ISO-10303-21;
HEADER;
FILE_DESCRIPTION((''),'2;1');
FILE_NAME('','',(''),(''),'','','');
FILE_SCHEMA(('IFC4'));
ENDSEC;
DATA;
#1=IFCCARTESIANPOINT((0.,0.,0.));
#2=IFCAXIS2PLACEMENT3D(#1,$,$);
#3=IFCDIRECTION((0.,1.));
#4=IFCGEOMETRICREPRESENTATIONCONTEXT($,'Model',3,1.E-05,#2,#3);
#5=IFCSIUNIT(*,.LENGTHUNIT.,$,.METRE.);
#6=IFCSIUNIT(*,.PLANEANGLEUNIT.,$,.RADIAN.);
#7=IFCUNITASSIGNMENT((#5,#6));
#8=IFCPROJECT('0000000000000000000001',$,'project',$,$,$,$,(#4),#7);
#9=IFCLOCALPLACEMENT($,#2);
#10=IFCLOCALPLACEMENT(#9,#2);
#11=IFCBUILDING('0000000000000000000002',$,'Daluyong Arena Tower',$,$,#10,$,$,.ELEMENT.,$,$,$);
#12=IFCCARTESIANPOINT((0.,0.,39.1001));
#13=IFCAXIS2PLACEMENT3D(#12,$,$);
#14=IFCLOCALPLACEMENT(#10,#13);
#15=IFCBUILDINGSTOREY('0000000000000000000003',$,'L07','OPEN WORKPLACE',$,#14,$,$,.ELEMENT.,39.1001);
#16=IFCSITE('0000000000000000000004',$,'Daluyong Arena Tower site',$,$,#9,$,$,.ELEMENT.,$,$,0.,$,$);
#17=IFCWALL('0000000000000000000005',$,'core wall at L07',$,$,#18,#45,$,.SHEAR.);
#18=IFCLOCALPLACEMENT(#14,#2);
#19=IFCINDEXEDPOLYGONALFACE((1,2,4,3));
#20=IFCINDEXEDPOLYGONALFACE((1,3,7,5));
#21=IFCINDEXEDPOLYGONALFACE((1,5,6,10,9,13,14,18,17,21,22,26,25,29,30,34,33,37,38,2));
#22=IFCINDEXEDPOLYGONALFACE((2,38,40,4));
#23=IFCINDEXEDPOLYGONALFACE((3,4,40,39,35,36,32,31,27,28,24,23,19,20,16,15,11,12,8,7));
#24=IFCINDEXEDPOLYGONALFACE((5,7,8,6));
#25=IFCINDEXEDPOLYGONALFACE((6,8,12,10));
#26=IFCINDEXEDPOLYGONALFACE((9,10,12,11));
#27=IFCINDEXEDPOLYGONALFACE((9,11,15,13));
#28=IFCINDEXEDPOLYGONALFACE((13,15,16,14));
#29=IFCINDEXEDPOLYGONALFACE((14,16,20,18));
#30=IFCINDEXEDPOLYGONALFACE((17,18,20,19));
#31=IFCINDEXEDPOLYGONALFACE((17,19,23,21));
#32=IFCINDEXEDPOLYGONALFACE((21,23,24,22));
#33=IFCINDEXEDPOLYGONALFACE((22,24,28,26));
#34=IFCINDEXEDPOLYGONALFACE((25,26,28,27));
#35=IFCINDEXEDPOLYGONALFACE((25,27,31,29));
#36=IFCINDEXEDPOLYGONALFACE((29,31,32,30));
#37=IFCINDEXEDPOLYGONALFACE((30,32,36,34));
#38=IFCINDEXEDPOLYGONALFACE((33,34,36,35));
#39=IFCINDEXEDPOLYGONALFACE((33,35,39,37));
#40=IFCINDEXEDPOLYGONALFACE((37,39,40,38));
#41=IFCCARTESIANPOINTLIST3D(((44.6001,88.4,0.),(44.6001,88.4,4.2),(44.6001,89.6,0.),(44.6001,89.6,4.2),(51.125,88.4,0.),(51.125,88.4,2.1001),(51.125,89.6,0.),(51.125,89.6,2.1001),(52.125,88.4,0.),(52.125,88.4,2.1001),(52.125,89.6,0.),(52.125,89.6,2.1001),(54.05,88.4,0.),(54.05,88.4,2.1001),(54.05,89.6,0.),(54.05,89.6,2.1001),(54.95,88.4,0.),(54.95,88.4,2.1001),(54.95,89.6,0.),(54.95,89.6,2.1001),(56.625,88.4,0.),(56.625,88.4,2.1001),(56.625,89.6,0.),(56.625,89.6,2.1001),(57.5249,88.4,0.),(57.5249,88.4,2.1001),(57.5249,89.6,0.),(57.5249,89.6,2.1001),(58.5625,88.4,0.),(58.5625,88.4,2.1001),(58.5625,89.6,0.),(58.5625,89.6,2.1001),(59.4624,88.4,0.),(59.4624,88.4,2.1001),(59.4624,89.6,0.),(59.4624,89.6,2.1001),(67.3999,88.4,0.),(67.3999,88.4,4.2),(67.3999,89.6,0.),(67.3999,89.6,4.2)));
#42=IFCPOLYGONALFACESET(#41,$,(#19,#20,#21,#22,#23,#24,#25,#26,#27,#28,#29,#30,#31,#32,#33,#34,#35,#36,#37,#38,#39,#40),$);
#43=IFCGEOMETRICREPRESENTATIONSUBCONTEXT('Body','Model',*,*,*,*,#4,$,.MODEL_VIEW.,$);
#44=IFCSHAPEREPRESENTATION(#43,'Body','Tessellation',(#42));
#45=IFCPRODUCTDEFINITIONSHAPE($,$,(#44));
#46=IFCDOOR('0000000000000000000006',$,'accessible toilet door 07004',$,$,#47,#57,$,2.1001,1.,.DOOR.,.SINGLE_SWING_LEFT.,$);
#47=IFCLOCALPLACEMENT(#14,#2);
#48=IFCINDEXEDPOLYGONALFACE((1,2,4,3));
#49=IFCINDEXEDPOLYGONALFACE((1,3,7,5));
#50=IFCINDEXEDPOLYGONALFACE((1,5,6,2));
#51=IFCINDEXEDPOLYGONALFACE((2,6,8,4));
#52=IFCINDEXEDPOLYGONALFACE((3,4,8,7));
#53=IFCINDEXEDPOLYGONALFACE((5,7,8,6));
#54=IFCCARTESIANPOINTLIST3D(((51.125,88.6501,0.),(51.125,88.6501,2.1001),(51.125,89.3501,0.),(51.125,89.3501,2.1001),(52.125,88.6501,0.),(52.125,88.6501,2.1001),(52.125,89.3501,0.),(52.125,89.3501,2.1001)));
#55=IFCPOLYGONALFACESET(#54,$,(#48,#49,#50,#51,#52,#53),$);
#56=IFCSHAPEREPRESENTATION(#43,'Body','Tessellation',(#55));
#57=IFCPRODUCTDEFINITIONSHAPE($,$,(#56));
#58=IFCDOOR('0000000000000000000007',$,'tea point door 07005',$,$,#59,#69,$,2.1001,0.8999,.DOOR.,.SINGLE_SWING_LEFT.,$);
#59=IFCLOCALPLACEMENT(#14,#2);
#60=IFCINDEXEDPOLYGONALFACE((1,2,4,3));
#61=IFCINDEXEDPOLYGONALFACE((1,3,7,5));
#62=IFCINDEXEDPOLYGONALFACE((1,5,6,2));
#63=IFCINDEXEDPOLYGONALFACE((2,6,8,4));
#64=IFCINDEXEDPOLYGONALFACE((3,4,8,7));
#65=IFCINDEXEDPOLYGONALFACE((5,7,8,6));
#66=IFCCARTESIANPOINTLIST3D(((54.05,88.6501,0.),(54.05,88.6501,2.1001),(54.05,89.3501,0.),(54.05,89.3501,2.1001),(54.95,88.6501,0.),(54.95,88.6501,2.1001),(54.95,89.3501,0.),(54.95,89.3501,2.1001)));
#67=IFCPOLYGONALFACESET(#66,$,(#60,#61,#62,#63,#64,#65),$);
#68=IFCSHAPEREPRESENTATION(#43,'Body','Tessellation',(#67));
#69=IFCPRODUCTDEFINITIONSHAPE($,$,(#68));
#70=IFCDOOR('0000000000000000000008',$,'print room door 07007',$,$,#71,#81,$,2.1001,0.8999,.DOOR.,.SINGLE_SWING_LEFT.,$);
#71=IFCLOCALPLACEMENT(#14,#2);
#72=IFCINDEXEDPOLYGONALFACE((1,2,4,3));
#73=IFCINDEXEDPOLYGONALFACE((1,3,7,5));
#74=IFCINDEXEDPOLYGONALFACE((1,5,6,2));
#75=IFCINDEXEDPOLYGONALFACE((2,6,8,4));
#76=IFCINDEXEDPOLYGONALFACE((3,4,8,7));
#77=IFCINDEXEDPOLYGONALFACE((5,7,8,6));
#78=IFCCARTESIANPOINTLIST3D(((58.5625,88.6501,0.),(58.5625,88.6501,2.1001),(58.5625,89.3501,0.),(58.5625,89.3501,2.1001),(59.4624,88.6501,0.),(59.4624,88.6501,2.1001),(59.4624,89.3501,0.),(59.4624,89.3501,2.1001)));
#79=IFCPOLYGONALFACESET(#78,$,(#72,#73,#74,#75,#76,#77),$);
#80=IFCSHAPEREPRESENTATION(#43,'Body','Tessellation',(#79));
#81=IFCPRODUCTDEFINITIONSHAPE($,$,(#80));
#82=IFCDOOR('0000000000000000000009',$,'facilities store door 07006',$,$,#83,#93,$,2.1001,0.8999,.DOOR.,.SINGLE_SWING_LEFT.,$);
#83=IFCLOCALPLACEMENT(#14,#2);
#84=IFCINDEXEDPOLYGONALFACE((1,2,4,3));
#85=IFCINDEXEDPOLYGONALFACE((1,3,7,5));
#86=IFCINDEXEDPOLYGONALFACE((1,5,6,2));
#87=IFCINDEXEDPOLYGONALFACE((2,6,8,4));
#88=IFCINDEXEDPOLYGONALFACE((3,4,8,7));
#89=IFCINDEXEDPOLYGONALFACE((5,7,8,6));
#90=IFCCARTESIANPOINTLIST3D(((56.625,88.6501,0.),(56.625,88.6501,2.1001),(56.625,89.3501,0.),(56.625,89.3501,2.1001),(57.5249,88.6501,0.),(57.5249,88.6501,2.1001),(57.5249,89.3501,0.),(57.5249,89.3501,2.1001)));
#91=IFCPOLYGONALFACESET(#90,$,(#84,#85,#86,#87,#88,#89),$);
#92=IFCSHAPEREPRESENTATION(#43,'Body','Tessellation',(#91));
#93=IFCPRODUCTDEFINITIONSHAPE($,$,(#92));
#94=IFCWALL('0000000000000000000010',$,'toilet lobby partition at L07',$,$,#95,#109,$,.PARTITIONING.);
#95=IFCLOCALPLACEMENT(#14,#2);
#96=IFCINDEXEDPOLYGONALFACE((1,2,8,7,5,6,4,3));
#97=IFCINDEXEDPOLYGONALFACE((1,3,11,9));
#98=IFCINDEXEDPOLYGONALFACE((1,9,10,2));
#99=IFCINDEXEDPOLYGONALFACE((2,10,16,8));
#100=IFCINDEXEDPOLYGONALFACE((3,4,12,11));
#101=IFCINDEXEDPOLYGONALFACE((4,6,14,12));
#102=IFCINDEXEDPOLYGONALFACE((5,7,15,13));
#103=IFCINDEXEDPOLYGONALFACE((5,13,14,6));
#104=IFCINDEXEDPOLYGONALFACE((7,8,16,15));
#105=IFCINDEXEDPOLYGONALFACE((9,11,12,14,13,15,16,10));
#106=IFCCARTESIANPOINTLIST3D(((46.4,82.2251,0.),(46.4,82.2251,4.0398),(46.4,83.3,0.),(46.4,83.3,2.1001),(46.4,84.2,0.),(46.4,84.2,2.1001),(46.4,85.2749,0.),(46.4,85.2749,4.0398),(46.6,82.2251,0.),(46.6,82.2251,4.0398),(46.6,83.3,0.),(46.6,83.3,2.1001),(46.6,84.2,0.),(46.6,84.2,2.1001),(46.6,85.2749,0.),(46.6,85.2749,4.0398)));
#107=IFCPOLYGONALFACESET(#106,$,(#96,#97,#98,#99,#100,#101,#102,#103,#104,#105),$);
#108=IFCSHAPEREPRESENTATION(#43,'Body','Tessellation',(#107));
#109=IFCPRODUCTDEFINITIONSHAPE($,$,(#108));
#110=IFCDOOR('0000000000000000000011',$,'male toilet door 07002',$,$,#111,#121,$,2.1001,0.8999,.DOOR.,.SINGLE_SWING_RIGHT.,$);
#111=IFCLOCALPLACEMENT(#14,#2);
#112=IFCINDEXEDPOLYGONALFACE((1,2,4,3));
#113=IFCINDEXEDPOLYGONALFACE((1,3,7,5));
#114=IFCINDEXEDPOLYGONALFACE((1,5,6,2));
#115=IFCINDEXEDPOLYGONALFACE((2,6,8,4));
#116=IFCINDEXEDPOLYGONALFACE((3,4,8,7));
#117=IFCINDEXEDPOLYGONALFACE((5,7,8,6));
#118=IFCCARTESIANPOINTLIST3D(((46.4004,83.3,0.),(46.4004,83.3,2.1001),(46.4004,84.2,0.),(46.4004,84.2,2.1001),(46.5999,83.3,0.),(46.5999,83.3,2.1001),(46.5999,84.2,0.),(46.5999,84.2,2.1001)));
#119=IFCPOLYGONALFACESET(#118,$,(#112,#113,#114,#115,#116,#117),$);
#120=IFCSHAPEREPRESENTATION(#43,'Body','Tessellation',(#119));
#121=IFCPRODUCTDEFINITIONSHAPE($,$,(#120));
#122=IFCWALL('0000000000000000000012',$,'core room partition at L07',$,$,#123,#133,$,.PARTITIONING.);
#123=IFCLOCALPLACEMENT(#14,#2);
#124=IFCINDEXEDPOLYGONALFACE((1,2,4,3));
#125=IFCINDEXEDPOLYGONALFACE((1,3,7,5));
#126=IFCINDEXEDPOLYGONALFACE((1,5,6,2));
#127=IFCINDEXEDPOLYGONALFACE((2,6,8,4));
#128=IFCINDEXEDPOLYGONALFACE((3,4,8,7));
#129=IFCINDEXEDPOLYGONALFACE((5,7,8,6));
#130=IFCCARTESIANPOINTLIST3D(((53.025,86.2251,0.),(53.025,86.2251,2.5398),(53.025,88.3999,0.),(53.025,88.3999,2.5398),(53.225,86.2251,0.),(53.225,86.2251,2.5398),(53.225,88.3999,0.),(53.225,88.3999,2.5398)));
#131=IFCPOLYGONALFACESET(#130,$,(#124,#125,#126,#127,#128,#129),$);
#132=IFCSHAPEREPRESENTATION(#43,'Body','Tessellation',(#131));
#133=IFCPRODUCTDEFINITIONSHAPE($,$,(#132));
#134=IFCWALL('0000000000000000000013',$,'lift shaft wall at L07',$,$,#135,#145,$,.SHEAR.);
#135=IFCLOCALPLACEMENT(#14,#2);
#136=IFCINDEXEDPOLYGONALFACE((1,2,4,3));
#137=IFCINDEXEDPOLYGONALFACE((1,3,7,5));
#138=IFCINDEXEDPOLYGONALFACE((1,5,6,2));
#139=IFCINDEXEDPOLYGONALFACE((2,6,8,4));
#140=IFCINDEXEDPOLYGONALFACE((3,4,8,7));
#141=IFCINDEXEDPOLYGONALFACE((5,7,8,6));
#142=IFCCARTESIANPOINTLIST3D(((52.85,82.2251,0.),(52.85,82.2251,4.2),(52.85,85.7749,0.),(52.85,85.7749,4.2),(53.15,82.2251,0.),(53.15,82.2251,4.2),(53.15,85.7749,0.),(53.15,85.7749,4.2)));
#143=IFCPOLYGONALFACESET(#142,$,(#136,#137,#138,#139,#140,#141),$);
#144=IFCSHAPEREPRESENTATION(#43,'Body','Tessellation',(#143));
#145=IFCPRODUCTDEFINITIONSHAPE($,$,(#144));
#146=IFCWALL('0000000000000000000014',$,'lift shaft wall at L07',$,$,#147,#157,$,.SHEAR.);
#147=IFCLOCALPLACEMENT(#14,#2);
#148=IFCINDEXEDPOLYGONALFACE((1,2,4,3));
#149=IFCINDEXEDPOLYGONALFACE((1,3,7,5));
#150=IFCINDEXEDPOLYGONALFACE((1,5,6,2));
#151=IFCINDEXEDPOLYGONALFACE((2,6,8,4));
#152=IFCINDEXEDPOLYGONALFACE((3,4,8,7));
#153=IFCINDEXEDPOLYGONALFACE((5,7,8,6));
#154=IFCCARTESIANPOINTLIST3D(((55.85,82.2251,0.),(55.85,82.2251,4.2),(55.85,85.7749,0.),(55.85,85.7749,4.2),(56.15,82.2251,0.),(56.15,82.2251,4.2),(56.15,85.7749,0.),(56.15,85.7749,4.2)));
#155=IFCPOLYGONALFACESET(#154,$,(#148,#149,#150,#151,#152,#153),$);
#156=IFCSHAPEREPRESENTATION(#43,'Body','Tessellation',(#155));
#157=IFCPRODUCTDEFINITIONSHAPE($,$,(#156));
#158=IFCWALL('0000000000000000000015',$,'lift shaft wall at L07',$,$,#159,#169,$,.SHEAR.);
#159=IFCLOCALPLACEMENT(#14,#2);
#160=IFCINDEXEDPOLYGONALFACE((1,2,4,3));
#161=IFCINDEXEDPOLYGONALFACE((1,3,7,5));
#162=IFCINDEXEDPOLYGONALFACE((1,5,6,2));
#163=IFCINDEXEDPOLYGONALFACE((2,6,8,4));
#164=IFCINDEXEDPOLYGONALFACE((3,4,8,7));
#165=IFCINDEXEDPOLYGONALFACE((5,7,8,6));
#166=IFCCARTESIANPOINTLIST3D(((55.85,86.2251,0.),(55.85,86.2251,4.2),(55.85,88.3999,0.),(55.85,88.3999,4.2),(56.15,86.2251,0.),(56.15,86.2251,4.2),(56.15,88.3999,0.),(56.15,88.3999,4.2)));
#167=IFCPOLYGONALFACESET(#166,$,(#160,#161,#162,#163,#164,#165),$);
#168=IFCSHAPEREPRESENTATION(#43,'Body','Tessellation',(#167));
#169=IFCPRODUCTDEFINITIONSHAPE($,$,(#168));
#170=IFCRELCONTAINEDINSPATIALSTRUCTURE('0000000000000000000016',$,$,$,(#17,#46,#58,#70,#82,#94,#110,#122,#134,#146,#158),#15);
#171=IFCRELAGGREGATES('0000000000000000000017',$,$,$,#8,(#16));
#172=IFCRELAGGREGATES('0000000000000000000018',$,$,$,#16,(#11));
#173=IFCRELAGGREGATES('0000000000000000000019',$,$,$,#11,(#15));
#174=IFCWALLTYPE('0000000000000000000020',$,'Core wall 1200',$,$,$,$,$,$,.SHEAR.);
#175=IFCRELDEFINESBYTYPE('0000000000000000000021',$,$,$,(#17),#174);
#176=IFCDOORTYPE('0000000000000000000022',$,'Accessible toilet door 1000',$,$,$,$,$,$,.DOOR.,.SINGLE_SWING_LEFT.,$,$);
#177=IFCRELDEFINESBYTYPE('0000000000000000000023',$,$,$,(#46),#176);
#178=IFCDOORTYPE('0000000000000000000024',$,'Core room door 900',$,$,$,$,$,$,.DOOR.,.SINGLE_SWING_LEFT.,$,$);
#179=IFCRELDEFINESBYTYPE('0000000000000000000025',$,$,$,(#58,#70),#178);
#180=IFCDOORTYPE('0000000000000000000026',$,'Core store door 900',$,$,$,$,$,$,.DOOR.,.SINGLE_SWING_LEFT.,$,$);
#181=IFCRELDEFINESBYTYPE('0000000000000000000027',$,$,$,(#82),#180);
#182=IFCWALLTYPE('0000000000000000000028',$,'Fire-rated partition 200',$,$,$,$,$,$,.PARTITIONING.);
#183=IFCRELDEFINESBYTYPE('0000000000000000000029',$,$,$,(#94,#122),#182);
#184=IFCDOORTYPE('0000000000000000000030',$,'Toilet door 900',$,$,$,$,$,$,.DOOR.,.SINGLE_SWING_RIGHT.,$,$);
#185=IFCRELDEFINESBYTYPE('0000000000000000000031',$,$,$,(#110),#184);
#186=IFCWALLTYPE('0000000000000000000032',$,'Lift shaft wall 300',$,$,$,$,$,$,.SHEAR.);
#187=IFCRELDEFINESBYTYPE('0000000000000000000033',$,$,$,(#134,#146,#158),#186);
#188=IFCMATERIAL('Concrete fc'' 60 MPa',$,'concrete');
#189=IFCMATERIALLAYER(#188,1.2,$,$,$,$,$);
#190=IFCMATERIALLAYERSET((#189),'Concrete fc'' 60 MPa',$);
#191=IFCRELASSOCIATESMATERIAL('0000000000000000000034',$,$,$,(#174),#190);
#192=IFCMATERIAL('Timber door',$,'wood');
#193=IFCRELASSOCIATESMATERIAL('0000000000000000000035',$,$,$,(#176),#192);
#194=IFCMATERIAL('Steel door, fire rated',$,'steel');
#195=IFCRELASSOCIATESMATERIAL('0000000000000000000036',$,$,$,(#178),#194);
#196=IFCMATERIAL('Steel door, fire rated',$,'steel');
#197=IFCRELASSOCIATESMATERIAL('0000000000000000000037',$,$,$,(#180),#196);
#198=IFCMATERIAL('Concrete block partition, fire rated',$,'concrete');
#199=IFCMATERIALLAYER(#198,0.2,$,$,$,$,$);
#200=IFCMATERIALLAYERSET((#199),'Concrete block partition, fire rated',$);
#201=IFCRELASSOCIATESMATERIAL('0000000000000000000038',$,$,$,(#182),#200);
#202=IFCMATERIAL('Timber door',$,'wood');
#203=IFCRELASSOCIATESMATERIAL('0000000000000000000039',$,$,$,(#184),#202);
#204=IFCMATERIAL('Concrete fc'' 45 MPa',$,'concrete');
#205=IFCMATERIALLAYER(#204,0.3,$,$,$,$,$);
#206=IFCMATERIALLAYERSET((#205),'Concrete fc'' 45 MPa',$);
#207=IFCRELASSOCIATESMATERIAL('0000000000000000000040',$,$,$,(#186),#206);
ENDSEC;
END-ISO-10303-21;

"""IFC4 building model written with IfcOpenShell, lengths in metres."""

from ifc_helpers import new_model, si_unit, direction, frame, frame_2d, origin, place, context, subcontext, project, spatial, rectangle, extrude, material, layer, layer_set, type_object, element, fill, save


model = new_model("IFC4")

# Units and contexts
model_context = context("Model", 3, precision=1e-05, world=origin(), true_north=direction((0.0, 1.0)))
body_context = subcontext(model_context, "Body", "Model", "MODEL_VIEW")
ifc_project = project(units=[si_unit("LENGTHUNIT", "METRE"), si_unit("PLANEANGLEUNIT", "RADIAN")], contexts=[model_context])

# Site, building, storey
site_placement = place(None, origin())
site = spatial("IfcSite", under=ifc_project, at=site_placement, Name="Daluyong Arena Tower site", CompositionType="ELEMENT", RefElevation=0.0)
building_placement = place(site_placement, origin())
building = spatial("IfcBuilding", under=site, at=building_placement, Name="Daluyong Arena Tower", CompositionType="ELEMENT")
storey_placement = place(building_placement, frame((0.0, 0.0, 39.1001)))
storey = spatial("IfcBuildingStorey", under=building, at=storey_placement, Name="L07", Description="OPEN WORKPLACE", CompositionType="ELEMENT", Elevation=39.1001)

# Wall, openings, doors
ifc_material_1 = material(Name="Concrete fc' 60 MPa", Category="concrete")
ifc_layer_1 = layer(ifc_material_1, 1.2)
ifc_layer_set_1 = layer_set([ifc_layer_1], Name="Concrete fc' 60 MPa")
wall_type_1 = type_object("IfcWallType", Name="Core wall 1200", PredefinedType="SHEAR", material=ifc_layer_set_1)
wall_1_placement = place(storey_placement, frame((44.6001, 89.0, 0.0), z_axis=(0.0, 0.0, 1.0), x_axis=(1.0, 0.0, 0.0)))
wall_1 = element("IfcWall", 1, at=wall_1_placement, inside=storey, type_object=wall_type_1, Name="core wall at L07", PredefinedType="SHEAR", context=body_context, shape_type="SweptSolid", body=[
    extrude(rectangle(XDim=22.7998, YDim=1.2, at=frame_2d((11.3999, 0.0))), origin(), (0.0, 0.0, 1.0), 4.2),
])
opening_1_placement = place(wall_1_placement, frame((6.5249, 0.0, 0.0)))
opening_1 = element("IfcOpeningElement", 2, at=opening_1_placement, cuts=wall_1, PredefinedType="OPENING", context=body_context, shape_type="SweptSolid", body=[
    extrude(rectangle(XDim=1.0, YDim=2.1001, at=frame_2d((0.5, 1.05))), frame((0.0, 0.6099, 0.0), z_axis=(0.0, -1.0, 0.0), x_axis=(1.0, 0.0, 0.0)), (0.0, 0.0, 1.0), 1.22),
])
opening_2_placement = place(wall_1_placement, frame((9.45, 0.0, 0.0)))
opening_2 = element("IfcOpeningElement", 3, at=opening_2_placement, cuts=wall_1, PredefinedType="OPENING", context=body_context, shape_type="SweptSolid", body=[
    extrude(rectangle(XDim=0.8999, YDim=2.1001, at=frame_2d((0.45, 1.05))), frame((0.0, 0.6099, 0.0), z_axis=(0.0, -1.0, 0.0), x_axis=(1.0, 0.0, 0.0)), (0.0, 0.0, 1.0), 1.22),
])
opening_3_placement = place(wall_1_placement, frame((12.0249, 0.0, 0.0)))
opening_3 = element("IfcOpeningElement", 4, at=opening_3_placement, cuts=wall_1, PredefinedType="OPENING", context=body_context, shape_type="SweptSolid", body=[
    extrude(rectangle(XDim=0.8999, YDim=2.1001, at=frame_2d((0.45, 1.05))), frame((0.0, 0.6099, 0.0), z_axis=(0.0, -1.0, 0.0), x_axis=(1.0, 0.0, 0.0)), (0.0, 0.0, 1.0), 1.22),
])
opening_4_placement = place(wall_1_placement, frame((13.9624, 0.0, 0.0)))
opening_4 = element("IfcOpeningElement", 5, at=opening_4_placement, cuts=wall_1, PredefinedType="OPENING", context=body_context, shape_type="SweptSolid", body=[
    extrude(rectangle(XDim=0.8999, YDim=2.1001, at=frame_2d((0.45, 1.05))), frame((0.0, 0.6099, 0.0), z_axis=(0.0, -1.0, 0.0), x_axis=(1.0, 0.0, 0.0)), (0.0, 0.0, 1.0), 1.22),
])
ifc_material_2 = material(Name="Timber door", Category="wood")
door_type_1 = type_object("IfcDoorType", Name="Accessible toilet door 1000", OperationType="SINGLE_SWING_LEFT", PredefinedType="DOOR", material=ifc_material_2)
door_1_placement = place(opening_1_placement, origin())
door_1 = element("IfcDoor", 6, at=door_1_placement, inside=storey, type_object=door_type_1, Name="accessible toilet door 07004", OperationType="SINGLE_SWING_LEFT", OverallHeight=2.1001, OverallWidth=1.0, PredefinedType="DOOR", context=body_context, shape_type="SweptSolid", body=[
    extrude(rectangle(XDim=1.0, YDim=2.1001, at=frame_2d((0.5, 1.05))), frame((0.0, 0.3501, 0.0), z_axis=(0.0, -1.0, 0.0), x_axis=(1.0, 0.0, 0.0)), (0.0, 0.0, 1.0), 0.7),
])
fill(opening_1, door_1)
ifc_material_3 = material(Name="Steel door, fire rated", Category="steel")
door_type_2 = type_object("IfcDoorType", Name="Core room door 900", OperationType="SINGLE_SWING_LEFT", PredefinedType="DOOR", material=ifc_material_3)
door_2_placement = place(opening_2_placement, origin())
door_2 = element("IfcDoor", 7, at=door_2_placement, inside=storey, type_object=door_type_2, Name="tea point door 07005", OperationType="SINGLE_SWING_LEFT", OverallHeight=2.1001, OverallWidth=0.8999, PredefinedType="DOOR", context=body_context, shape_type="SweptSolid", body=[
    extrude(rectangle(XDim=0.8999, YDim=2.1001, at=frame_2d((0.45, 1.05))), frame((0.0, 0.3501, 0.0), z_axis=(0.0, -1.0, 0.0), x_axis=(1.0, 0.0, 0.0)), (0.0, 0.0, 1.0), 0.7),
])
fill(opening_2, door_2)
door_3_placement = place(opening_4_placement, origin())
door_3 = element("IfcDoor", 8, at=door_3_placement, inside=storey, type_object=door_type_2, Name="print room door 07007", OperationType="SINGLE_SWING_LEFT", OverallHeight=2.1001, OverallWidth=0.8999, PredefinedType="DOOR", context=body_context, shape_type="SweptSolid", body=[
    extrude(rectangle(XDim=0.8999, YDim=2.1001, at=frame_2d((0.45, 1.05))), frame((0.0, 0.3501, 0.0), z_axis=(0.0, -1.0, 0.0), x_axis=(1.0, 0.0, 0.0)), (0.0, 0.0, 1.0), 0.7),
])
fill(opening_4, door_3)
ifc_material_4 = material(Name="Steel door, fire rated", Category="steel")
door_type_3 = type_object("IfcDoorType", Name="Core store door 900", OperationType="SINGLE_SWING_LEFT", PredefinedType="DOOR", material=ifc_material_4)
door_4_placement = place(opening_3_placement, origin())
door_4 = element("IfcDoor", 9, at=door_4_placement, inside=storey, type_object=door_type_3, Name="facilities store door 07006", OperationType="SINGLE_SWING_LEFT", OverallHeight=2.1001, OverallWidth=0.8999, PredefinedType="DOOR", context=body_context, shape_type="SweptSolid", body=[
    extrude(rectangle(XDim=0.8999, YDim=2.1001, at=frame_2d((0.45, 1.05))), frame((0.0, 0.3501, 0.0), z_axis=(0.0, -1.0, 0.0), x_axis=(1.0, 0.0, 0.0)), (0.0, 0.0, 1.0), 0.7),
])
fill(opening_3, door_4)

# Wall, opening, door
ifc_material_5 = material(Name="Concrete block partition, fire rated", Category="concrete")
ifc_layer_2 = layer(ifc_material_5, 0.2)
ifc_layer_set_2 = layer_set([ifc_layer_2], Name="Concrete block partition, fire rated")
wall_type_2 = type_object("IfcWallType", Name="Fire-rated partition 200", PredefinedType="PARTITIONING", material=ifc_layer_set_2)
wall_2_placement = place(storey_placement, frame((46.5, 82.2251, 0.0), z_axis=(0.0, 0.0, 1.0), x_axis=(0.0, 1.0, 0.0)))
wall_2 = element("IfcWall", 10, at=wall_2_placement, inside=storey, type_object=wall_type_2, Name="toilet lobby partition at L07", PredefinedType="PARTITIONING", context=body_context, shape_type="SweptSolid", body=[
    extrude(rectangle(XDim=3.0498, YDim=0.2, at=frame_2d((1.5249, 0.0))), origin(), (0.0, 0.0, 1.0), 4.0398),
])
opening_5_placement = place(wall_2_placement, frame((1.075, 0.0, 0.0)))
opening_5 = element("IfcOpeningElement", 11, at=opening_5_placement, cuts=wall_2, PredefinedType="OPENING", context=body_context, shape_type="SweptSolid", body=[
    extrude(rectangle(XDim=0.8999, YDim=2.1001, at=frame_2d((0.45, 1.05))), frame((0.0, 0.1099, 0.0), z_axis=(0.0, -1.0, 0.0), x_axis=(1.0, 0.0, 0.0)), (0.0, 0.0, 1.0), 0.22),
])
ifc_material_6 = material(Name="Timber door", Category="wood")
door_type_4 = type_object("IfcDoorType", Name="Toilet door 900", OperationType="SINGLE_SWING_RIGHT", PredefinedType="DOOR", material=ifc_material_6)
door_5_placement = place(opening_5_placement, origin())
door_5 = element("IfcDoor", 12, at=door_5_placement, inside=storey, type_object=door_type_4, Name="male toilet door 07002", OperationType="SINGLE_SWING_RIGHT", OverallHeight=2.1001, OverallWidth=0.8999, PredefinedType="DOOR", context=body_context, shape_type="SweptSolid", body=[
    extrude(rectangle(XDim=0.8999, YDim=2.1001, at=frame_2d((0.45, 1.05))), frame((0.0, 0.0996, 0.0), z_axis=(0.0, -1.0, 0.0), x_axis=(1.0, 0.0, 0.0)), (0.0, 0.0, 1.0), 0.1995),
])
fill(opening_5, door_5)

# Walls
wall_3_placement = place(storey_placement, frame((53.125, 86.2251, 0.0), z_axis=(0.0, 0.0, 1.0), x_axis=(0.0, 1.0, 0.0)))
element("IfcWall", 13, at=wall_3_placement, inside=storey, type_object=wall_type_2, Name="core room partition at L07", PredefinedType="PARTITIONING", context=body_context, shape_type="SweptSolid", body=[
    extrude(rectangle(XDim=2.1748, YDim=0.2, at=frame_2d((1.0874, 0.0))), origin(), (0.0, 0.0, 1.0), 2.5398),
])
ifc_material_7 = material(Name="Concrete fc' 45 MPa", Category="concrete")
ifc_layer_3 = layer(ifc_material_7, 0.3)
ifc_layer_set_3 = layer_set([ifc_layer_3], Name="Concrete fc' 45 MPa")
wall_type_3 = type_object("IfcWallType", Name="Lift shaft wall 300", PredefinedType="SHEAR", material=ifc_layer_set_3)
for number, where, z_axis, x_axis, name in (
    (14, (53.0, 82.2251, 0.0), (0.0, 0.0, 1.0), (0.0, 1.0, 0.0), "lift shaft wall at L07"),
    (15, (56.0, 82.2251, 0.0), (0.0, 0.0, 1.0), (0.0, 1.0, 0.0), "lift shaft wall at L07"),
):
    element("IfcWall", number, at=place(storey_placement, frame(where, z_axis=z_axis, x_axis=x_axis)), inside=storey, type_object=wall_type_3, Name=name, PredefinedType="SHEAR", context=body_context, shape_type="SweptSolid", body=[
        extrude(rectangle(XDim=3.5498, YDim=0.3, at=frame_2d((1.7749, 0.0))), origin(), (0.0, 0.0, 1.0), 4.2),
    ])
wall_4_placement = place(storey_placement, frame((56.0, 86.2251, 0.0), z_axis=(0.0, 0.0, 1.0), x_axis=(0.0, 1.0, 0.0)))
element("IfcWall", 16, at=wall_4_placement, inside=storey, type_object=wall_type_3, Name="lift shaft wall at L07", PredefinedType="SHEAR", context=body_context, shape_type="SweptSolid", body=[
    extrude(rectangle(XDim=2.1748, YDim=0.3, at=frame_2d((1.0874, 0.0))), origin(), (0.0, 0.0, 1.0), 4.2),
])

save(model, "model.ifc")
